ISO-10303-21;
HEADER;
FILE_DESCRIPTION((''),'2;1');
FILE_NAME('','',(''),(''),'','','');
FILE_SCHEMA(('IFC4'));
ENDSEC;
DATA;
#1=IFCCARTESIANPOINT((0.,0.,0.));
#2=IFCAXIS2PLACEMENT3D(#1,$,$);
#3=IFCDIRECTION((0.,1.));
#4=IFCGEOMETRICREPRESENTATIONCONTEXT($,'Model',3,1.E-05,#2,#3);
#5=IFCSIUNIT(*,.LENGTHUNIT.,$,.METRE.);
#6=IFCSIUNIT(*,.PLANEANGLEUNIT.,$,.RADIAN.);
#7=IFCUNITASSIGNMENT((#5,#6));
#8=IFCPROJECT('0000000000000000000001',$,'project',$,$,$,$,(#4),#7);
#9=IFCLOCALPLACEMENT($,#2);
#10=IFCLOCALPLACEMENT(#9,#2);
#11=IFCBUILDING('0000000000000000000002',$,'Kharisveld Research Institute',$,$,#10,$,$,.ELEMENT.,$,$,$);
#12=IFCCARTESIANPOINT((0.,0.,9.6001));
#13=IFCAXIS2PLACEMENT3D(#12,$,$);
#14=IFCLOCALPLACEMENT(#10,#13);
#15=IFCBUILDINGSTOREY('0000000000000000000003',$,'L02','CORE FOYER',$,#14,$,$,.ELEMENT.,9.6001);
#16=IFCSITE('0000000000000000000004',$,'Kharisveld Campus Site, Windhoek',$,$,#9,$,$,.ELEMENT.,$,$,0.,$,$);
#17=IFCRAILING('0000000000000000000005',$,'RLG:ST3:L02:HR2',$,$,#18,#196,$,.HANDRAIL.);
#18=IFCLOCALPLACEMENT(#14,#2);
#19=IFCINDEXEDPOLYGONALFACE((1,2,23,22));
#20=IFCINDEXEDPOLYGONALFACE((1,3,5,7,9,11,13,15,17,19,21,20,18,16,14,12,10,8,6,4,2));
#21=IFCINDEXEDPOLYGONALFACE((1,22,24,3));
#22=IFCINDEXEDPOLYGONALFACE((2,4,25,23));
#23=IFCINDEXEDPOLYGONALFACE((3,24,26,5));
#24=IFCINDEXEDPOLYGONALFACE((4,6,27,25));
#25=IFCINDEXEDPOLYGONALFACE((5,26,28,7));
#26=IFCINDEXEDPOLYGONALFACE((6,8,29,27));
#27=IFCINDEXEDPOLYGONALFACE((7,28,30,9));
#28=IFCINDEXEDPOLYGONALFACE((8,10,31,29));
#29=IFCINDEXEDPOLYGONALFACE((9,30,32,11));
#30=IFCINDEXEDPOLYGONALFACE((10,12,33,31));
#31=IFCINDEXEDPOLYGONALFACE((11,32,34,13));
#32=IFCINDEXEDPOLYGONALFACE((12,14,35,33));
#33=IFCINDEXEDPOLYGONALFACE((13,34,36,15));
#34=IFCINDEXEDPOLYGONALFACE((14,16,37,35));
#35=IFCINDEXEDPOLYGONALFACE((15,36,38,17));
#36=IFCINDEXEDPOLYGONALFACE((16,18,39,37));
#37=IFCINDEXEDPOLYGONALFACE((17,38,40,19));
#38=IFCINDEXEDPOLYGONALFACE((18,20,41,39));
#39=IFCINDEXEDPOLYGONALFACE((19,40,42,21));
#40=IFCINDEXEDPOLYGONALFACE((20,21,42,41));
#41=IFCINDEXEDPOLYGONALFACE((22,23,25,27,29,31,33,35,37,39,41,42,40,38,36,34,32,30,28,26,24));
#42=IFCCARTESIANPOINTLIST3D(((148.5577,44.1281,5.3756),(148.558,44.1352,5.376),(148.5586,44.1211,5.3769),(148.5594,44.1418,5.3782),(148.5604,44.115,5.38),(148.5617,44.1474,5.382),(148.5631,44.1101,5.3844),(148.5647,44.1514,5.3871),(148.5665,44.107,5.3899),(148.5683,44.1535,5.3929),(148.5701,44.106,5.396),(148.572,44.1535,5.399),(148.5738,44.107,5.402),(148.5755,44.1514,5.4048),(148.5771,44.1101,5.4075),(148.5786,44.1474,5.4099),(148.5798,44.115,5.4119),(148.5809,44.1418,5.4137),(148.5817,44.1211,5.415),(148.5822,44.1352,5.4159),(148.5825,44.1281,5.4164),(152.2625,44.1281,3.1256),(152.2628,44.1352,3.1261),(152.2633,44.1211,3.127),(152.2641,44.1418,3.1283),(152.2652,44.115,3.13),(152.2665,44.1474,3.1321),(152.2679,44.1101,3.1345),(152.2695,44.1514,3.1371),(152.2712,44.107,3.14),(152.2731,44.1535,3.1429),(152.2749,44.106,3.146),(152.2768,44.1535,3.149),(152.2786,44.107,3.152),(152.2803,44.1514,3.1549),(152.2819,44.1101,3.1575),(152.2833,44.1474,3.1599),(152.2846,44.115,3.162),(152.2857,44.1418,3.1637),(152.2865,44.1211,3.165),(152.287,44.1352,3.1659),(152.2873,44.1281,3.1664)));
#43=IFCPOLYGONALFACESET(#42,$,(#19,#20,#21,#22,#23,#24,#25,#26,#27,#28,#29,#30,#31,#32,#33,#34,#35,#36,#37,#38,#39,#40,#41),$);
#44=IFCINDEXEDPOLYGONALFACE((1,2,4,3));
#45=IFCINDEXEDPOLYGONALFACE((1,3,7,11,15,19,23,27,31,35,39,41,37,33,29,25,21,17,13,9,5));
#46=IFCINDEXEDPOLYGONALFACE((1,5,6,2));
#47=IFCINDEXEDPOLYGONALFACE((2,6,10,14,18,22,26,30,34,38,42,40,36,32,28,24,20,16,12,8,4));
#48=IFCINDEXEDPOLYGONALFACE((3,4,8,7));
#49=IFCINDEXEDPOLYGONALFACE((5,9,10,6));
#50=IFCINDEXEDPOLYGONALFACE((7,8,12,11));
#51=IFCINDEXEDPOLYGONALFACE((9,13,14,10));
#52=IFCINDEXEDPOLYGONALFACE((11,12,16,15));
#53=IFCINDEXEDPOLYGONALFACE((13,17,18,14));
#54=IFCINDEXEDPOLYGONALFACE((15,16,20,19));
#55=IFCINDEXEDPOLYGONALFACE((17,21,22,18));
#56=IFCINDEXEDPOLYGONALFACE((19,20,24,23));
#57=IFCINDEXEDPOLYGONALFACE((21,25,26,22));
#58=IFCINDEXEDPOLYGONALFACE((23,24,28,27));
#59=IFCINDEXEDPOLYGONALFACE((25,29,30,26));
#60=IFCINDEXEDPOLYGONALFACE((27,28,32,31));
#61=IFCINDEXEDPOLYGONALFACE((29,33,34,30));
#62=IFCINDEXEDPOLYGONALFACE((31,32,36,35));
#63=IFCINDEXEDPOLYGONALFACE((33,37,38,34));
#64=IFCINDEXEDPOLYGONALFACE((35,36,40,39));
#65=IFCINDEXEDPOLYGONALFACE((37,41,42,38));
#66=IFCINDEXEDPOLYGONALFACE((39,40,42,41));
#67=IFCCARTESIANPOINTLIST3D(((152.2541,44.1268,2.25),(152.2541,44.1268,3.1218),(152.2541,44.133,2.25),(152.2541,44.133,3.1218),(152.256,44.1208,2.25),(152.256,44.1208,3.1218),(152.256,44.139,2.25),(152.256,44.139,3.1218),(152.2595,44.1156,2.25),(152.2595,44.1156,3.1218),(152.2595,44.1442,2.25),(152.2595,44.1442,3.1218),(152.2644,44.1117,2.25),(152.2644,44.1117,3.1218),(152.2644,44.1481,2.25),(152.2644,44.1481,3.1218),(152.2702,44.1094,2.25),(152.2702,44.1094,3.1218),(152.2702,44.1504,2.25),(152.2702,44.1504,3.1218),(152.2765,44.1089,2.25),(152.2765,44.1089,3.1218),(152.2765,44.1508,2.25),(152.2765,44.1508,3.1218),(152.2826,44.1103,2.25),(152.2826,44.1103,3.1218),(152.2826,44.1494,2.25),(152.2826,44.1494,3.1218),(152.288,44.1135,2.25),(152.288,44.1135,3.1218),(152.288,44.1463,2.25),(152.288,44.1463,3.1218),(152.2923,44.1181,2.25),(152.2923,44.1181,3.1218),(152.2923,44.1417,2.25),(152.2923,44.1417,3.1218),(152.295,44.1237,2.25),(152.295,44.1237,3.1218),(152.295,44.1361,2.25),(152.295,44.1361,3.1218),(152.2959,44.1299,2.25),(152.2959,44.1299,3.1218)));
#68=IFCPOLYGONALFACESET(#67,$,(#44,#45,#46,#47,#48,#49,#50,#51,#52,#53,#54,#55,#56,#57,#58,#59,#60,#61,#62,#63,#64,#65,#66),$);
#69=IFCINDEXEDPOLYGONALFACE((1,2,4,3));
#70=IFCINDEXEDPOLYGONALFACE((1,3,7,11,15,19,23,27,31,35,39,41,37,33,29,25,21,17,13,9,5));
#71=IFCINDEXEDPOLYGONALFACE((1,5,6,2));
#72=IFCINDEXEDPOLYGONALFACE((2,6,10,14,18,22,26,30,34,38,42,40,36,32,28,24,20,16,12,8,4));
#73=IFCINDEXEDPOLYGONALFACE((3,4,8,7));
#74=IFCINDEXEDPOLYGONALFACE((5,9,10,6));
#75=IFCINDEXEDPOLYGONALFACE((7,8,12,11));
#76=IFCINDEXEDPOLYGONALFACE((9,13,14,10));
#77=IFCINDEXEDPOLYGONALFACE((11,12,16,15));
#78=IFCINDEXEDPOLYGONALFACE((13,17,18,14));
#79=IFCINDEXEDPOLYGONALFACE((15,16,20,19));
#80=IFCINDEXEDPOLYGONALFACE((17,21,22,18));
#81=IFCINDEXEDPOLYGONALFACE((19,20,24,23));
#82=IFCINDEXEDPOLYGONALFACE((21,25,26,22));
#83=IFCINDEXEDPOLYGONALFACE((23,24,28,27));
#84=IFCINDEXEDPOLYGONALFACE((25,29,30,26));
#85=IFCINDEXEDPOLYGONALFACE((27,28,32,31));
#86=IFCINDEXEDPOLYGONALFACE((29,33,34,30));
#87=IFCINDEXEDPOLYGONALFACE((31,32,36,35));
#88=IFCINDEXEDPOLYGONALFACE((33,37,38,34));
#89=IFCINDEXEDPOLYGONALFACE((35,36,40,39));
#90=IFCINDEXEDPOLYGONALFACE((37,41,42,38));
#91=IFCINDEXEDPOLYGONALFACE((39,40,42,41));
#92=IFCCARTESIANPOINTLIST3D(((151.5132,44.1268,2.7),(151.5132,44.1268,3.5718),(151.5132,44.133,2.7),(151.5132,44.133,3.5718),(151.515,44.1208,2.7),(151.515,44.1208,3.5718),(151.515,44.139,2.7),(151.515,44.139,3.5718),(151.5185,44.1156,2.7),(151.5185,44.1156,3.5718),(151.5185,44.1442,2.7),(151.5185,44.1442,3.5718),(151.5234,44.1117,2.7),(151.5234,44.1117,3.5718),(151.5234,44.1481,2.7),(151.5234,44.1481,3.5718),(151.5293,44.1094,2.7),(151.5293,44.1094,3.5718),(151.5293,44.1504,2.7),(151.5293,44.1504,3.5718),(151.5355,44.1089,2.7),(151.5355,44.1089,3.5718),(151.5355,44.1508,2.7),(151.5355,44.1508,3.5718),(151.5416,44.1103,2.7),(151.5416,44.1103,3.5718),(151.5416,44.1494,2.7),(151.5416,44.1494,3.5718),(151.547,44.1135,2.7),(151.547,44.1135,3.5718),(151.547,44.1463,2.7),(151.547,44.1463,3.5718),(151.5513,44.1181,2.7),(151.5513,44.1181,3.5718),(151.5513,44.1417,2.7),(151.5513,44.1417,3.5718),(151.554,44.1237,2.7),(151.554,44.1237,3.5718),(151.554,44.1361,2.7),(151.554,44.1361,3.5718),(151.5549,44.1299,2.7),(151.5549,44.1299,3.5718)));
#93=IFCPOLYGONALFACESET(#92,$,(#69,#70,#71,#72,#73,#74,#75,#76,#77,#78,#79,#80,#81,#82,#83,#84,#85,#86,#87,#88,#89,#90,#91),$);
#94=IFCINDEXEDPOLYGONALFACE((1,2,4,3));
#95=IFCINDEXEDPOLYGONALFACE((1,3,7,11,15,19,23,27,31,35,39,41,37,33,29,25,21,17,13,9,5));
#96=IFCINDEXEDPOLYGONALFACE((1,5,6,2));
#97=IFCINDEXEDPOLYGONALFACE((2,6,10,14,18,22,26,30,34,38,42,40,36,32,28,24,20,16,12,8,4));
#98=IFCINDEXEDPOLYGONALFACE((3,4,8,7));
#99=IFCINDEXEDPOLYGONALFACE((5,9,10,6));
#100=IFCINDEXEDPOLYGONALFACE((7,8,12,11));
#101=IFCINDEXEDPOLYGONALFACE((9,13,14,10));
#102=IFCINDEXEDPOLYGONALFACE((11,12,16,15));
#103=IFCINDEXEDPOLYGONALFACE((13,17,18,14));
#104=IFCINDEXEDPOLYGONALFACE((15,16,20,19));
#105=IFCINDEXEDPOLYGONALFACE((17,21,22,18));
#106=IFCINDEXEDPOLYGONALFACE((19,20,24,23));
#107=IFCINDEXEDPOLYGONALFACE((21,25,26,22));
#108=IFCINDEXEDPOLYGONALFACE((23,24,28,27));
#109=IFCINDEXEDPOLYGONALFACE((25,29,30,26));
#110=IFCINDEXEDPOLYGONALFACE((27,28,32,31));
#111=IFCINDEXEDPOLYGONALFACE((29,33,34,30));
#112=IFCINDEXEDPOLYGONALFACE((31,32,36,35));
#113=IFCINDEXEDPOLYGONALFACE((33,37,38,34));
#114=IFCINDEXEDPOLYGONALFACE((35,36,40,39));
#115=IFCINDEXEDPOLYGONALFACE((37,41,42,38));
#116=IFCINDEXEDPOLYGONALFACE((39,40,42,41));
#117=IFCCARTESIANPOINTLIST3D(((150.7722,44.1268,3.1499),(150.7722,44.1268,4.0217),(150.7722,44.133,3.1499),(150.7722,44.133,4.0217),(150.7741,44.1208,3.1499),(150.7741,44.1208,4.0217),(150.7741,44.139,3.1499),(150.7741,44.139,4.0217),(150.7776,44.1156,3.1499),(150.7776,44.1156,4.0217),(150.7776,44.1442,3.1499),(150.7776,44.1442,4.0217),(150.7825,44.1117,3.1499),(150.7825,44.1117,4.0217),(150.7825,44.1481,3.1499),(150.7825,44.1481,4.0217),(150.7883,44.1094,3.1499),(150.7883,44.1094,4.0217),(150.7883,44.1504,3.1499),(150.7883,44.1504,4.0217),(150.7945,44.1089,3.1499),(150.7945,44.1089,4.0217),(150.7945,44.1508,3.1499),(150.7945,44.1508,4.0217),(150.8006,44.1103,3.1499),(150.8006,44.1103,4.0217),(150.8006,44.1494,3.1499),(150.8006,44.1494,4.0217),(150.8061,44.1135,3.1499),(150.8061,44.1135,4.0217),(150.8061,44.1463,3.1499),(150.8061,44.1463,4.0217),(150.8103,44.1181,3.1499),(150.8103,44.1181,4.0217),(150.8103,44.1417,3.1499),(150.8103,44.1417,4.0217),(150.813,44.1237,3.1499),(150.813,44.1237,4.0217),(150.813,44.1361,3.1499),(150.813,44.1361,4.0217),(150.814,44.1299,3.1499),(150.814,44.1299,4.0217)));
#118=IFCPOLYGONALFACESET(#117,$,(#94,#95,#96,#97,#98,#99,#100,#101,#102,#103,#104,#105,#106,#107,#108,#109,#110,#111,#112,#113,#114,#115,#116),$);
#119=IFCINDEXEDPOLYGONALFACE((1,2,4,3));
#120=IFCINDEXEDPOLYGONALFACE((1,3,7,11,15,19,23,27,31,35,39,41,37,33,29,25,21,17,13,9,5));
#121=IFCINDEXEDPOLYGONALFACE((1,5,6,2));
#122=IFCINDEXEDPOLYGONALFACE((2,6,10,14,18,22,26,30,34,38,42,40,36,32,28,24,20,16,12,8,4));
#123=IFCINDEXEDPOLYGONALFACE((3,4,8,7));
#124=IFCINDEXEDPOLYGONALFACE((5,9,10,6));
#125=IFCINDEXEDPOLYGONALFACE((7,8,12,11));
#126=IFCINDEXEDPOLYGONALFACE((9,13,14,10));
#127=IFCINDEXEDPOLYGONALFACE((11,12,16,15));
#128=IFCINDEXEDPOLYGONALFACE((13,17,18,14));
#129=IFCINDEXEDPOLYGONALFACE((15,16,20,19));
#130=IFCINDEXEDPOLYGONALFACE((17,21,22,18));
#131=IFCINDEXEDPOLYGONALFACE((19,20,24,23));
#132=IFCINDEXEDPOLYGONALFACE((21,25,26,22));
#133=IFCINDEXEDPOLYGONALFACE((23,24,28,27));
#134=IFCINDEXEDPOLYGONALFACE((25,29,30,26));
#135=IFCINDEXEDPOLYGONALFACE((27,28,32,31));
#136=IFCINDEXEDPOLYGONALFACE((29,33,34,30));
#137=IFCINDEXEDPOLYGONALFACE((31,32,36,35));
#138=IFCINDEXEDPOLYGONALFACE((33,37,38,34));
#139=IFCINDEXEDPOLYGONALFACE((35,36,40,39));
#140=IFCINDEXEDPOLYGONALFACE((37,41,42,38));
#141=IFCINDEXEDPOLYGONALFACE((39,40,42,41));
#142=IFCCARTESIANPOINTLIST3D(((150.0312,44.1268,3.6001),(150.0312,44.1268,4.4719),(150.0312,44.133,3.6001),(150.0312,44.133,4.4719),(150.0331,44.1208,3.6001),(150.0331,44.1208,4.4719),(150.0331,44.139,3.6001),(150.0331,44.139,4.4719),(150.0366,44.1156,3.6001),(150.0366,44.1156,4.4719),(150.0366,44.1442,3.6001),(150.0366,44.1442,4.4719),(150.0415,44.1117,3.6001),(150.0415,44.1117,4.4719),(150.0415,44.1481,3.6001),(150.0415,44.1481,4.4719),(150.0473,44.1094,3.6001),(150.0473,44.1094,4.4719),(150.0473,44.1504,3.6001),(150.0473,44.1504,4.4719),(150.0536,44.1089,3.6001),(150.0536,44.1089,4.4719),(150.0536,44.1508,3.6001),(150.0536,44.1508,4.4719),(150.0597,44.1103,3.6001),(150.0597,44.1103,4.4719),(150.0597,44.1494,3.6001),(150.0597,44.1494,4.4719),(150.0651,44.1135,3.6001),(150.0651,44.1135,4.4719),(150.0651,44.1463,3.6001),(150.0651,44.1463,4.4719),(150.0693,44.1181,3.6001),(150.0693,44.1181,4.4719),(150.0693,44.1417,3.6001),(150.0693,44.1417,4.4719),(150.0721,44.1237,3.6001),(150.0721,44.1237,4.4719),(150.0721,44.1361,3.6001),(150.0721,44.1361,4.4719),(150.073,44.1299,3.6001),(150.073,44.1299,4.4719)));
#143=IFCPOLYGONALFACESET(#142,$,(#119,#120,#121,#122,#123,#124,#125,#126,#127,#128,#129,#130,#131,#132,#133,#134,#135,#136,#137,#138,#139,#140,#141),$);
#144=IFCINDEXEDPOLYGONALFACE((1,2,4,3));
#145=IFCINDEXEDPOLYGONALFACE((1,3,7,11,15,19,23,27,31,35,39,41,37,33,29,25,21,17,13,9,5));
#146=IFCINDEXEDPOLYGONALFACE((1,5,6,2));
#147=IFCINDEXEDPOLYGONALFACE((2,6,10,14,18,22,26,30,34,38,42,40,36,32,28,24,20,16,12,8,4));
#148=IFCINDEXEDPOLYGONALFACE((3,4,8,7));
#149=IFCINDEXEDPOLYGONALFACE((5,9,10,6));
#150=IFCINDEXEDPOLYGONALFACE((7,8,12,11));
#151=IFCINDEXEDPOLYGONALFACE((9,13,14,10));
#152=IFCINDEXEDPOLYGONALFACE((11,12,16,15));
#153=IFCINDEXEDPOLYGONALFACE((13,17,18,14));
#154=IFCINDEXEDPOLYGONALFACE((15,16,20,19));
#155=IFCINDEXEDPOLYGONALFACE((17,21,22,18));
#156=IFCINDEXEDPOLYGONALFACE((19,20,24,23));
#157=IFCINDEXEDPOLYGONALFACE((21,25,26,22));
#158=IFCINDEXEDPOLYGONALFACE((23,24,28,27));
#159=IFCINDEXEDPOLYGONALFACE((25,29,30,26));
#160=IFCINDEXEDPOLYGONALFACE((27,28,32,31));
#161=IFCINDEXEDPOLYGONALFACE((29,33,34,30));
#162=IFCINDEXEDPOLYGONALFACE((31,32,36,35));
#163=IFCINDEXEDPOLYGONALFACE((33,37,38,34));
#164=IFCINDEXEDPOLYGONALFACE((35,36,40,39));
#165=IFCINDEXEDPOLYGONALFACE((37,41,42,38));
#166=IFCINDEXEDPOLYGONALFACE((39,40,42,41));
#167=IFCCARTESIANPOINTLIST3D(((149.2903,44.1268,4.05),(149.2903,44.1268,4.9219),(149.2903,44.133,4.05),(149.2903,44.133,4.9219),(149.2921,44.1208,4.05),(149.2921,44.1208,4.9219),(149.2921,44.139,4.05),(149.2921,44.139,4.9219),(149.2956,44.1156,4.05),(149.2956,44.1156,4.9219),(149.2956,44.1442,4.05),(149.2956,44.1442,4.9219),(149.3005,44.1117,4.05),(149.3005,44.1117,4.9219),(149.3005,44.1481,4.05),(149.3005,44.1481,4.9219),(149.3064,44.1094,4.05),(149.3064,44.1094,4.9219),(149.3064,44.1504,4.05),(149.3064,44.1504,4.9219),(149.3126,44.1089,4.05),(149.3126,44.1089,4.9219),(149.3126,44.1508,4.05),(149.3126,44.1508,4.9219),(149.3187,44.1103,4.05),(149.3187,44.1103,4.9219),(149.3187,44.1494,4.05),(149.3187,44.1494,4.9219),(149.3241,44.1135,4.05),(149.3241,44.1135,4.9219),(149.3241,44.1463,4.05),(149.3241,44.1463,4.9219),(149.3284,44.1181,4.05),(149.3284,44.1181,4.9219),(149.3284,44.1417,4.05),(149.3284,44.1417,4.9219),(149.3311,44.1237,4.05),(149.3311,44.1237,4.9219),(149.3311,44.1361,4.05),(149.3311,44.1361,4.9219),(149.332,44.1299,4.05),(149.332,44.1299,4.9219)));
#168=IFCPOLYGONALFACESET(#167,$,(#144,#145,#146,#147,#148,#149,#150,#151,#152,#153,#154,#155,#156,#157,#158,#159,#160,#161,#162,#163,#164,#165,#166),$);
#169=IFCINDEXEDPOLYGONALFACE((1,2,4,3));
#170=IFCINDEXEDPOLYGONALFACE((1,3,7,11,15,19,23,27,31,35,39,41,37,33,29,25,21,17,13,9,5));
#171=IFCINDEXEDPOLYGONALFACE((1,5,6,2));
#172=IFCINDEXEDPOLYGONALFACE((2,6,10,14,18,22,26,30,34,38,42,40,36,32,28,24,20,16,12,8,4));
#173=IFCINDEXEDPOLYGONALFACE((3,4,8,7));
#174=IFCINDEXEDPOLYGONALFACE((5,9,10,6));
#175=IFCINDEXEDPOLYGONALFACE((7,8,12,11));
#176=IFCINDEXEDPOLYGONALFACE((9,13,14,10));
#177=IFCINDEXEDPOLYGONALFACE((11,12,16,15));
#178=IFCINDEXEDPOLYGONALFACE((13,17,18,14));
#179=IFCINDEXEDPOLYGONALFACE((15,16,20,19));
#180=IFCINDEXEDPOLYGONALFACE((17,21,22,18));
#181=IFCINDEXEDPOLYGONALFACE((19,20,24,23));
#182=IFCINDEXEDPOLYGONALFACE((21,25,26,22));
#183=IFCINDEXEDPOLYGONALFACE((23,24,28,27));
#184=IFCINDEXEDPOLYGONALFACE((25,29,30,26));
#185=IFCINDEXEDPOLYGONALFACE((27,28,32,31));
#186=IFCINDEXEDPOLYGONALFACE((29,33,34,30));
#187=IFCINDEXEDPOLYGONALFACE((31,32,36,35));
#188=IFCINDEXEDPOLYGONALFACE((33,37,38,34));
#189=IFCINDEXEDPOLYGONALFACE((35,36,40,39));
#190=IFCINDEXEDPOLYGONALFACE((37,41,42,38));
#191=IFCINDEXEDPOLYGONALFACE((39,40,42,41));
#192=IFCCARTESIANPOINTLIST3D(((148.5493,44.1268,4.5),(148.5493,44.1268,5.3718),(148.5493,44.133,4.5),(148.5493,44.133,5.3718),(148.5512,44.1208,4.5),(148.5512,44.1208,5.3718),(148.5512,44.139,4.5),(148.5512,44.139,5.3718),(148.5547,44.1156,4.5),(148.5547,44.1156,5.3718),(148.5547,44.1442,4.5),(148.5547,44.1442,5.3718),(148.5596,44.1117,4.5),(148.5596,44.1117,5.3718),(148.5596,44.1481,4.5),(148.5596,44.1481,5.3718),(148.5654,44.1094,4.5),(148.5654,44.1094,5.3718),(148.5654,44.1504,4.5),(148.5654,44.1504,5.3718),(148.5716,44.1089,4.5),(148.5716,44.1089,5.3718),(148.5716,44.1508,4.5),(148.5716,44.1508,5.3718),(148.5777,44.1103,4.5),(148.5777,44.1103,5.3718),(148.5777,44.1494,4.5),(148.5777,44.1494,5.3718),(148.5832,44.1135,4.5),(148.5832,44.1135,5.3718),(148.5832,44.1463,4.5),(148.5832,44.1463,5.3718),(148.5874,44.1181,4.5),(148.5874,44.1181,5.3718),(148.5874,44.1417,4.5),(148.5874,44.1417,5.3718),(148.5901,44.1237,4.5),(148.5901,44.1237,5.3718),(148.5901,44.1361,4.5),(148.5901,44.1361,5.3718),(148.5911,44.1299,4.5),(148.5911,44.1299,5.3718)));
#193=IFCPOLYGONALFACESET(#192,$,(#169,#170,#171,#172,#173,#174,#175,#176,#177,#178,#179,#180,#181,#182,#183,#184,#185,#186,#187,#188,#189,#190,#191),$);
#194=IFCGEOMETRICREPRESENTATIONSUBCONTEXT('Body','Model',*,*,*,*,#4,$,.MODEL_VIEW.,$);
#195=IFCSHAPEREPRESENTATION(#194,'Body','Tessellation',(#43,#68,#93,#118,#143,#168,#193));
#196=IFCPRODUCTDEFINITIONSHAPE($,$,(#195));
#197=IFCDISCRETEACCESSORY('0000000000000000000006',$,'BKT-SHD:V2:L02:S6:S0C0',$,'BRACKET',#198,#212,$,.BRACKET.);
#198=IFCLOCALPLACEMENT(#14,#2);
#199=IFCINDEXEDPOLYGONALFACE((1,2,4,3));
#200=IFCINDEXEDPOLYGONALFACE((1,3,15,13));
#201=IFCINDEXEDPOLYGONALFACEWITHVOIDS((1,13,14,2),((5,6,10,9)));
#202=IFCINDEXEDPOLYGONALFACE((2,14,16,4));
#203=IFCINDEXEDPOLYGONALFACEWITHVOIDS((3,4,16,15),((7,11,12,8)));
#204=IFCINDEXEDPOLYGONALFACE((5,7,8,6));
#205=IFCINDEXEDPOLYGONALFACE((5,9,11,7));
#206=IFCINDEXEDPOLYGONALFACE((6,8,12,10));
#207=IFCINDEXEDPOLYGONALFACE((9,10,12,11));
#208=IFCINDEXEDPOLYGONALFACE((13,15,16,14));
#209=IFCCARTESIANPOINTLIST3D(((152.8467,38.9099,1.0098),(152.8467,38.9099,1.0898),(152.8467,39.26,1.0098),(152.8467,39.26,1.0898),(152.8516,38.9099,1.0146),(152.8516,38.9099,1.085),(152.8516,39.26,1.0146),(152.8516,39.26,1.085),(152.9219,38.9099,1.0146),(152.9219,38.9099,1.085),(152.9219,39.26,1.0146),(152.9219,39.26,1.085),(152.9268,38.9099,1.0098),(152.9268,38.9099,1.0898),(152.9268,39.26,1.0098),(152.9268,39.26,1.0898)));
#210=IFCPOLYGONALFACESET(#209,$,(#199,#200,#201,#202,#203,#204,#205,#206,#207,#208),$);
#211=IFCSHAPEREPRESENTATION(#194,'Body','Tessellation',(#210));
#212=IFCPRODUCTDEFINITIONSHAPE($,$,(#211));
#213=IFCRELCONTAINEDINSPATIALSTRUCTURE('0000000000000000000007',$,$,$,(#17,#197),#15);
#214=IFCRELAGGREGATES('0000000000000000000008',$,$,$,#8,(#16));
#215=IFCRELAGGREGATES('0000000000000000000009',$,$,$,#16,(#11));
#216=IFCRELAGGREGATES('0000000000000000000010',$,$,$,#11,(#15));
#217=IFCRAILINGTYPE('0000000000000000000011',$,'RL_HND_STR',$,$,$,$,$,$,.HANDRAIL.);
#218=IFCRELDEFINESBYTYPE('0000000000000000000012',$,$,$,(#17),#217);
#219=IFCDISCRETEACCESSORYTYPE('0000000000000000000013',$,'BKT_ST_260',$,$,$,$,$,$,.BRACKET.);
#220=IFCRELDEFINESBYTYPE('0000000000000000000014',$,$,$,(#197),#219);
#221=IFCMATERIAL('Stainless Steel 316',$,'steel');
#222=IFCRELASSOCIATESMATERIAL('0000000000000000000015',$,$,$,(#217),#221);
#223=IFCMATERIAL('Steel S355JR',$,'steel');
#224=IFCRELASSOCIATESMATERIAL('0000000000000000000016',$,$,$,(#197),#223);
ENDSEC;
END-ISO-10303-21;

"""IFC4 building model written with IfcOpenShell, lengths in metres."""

from ifc_helpers import new_model, si_unit, direction, frame, origin, origin_2d, place, context, subcontext, project, spatial, hollow_rectangle, circle, extrude, material, type_object, element, save


model = new_model("IFC4")

# Units and contexts
model_context = context("Model", 3, precision=1e-05, world=origin(), true_north=direction((0.0, 1.0)))
body_context = subcontext(model_context, "Body", "Model", "MODEL_VIEW")
ifc_project = project(units=[si_unit("LENGTHUNIT", "METRE"), si_unit("PLANEANGLEUNIT", "RADIAN")], contexts=[model_context])

# Site, building, storey
site_placement = place(None, origin())
site = spatial("IfcSite", under=ifc_project, at=site_placement, Name="Kharisveld Campus Site, Windhoek", CompositionType="ELEMENT", RefElevation=0.0)
building_placement = place(site_placement, origin())
building = spatial("IfcBuilding", under=site, at=building_placement, Name="Kharisveld Research Institute", CompositionType="ELEMENT")
storey_placement = place(building_placement, frame((0.0, 0.0, 9.6001)))
storey = spatial("IfcBuildingStorey", under=building, at=storey_placement, Name="L02", Description="CORE FOYER", CompositionType="ELEMENT", Elevation=9.6001)

# Railing
ifc_material_1 = material(Name="Stainless Steel 316", Category="steel")
railing_type_1 = type_object("IfcRailingType", Name="RL_HND_STR", PredefinedType="HANDRAIL", material=ifc_material_1)
railing_1_placement = place(storey_placement, frame((152.2749, 44.1299, 2.25)))
element("IfcRailing", 1, at=railing_1_placement, inside=storey, type_object=railing_type_1, Name="RLG:ST3:L02:HR2", PredefinedType="HANDRAIL", context=body_context, shape_type="SweptSolid", body=[
    extrude(circle(Radius=0.0239, at=origin_2d()), frame((0.0, 0.0, 0.896), z_axis=(-0.854722, 0.0, 0.519085), x_axis=(0.0, -1.0, 0.0)), (0.0, 0.0, 1.0), 4.3345),
    extrude(circle(Radius=0.021, at=origin_2d()), origin(), (0.0, 0.0, 1.0), 0.8718),
    extrude(circle(Radius=0.021, at=origin_2d()), frame((-0.741, 0.0, 0.45)), (0.0, 0.0, 1.0), 0.8718),
    extrude(circle(Radius=0.021, at=origin_2d()), frame((-1.4819, 0.0, 0.8999)), (0.0, 0.0, 1.0), 0.8718),
    extrude(circle(Radius=0.021, at=origin_2d()), frame((-2.2229, 0.0, 1.3501)), (0.0, 0.0, 1.0), 0.8718),
    extrude(circle(Radius=0.021, at=origin_2d()), frame((-2.9639, 0.0, 1.8)), (0.0, 0.0, 1.0), 0.8718),
    extrude(circle(Radius=0.021, at=origin_2d()), frame((-3.7048, 0.0, 2.25)), (0.0, 0.0, 1.0), 0.8718),
])

# Discrete accessory
ifc_material_2 = material(Name="Steel S355JR", Category="steel")
discrete_accessory_type = type_object("IfcDiscreteAccessoryType", Name="BKT_ST_260", PredefinedType="BRACKET")
for number, where, z_axis, x_axis, name in (
    (2, (152.8867, 39.26, 1.0498), (0.0, -1.0, 0.0), (1.0, 0.0, 0.0), "BKT-SHD:V2:L02:S6:S0C0"),
):
    element("IfcDiscreteAccessory", number, at=place(storey_placement, frame(where, z_axis=z_axis, x_axis=x_axis)), inside=storey, type_object=discrete_accessory_type, material=ifc_material_2, Name=name, ObjectType="BRACKET", PredefinedType="BRACKET", context=body_context, shape_type="SweptSolid", body=[
        extrude(hollow_rectangle(XDim=0.0801, YDim=0.0801, WallThickness=0.0049, at=origin_2d()), origin(), (0.0, 0.0, 1.0), 0.3501),
    ])

save(model, "model.ifc")
